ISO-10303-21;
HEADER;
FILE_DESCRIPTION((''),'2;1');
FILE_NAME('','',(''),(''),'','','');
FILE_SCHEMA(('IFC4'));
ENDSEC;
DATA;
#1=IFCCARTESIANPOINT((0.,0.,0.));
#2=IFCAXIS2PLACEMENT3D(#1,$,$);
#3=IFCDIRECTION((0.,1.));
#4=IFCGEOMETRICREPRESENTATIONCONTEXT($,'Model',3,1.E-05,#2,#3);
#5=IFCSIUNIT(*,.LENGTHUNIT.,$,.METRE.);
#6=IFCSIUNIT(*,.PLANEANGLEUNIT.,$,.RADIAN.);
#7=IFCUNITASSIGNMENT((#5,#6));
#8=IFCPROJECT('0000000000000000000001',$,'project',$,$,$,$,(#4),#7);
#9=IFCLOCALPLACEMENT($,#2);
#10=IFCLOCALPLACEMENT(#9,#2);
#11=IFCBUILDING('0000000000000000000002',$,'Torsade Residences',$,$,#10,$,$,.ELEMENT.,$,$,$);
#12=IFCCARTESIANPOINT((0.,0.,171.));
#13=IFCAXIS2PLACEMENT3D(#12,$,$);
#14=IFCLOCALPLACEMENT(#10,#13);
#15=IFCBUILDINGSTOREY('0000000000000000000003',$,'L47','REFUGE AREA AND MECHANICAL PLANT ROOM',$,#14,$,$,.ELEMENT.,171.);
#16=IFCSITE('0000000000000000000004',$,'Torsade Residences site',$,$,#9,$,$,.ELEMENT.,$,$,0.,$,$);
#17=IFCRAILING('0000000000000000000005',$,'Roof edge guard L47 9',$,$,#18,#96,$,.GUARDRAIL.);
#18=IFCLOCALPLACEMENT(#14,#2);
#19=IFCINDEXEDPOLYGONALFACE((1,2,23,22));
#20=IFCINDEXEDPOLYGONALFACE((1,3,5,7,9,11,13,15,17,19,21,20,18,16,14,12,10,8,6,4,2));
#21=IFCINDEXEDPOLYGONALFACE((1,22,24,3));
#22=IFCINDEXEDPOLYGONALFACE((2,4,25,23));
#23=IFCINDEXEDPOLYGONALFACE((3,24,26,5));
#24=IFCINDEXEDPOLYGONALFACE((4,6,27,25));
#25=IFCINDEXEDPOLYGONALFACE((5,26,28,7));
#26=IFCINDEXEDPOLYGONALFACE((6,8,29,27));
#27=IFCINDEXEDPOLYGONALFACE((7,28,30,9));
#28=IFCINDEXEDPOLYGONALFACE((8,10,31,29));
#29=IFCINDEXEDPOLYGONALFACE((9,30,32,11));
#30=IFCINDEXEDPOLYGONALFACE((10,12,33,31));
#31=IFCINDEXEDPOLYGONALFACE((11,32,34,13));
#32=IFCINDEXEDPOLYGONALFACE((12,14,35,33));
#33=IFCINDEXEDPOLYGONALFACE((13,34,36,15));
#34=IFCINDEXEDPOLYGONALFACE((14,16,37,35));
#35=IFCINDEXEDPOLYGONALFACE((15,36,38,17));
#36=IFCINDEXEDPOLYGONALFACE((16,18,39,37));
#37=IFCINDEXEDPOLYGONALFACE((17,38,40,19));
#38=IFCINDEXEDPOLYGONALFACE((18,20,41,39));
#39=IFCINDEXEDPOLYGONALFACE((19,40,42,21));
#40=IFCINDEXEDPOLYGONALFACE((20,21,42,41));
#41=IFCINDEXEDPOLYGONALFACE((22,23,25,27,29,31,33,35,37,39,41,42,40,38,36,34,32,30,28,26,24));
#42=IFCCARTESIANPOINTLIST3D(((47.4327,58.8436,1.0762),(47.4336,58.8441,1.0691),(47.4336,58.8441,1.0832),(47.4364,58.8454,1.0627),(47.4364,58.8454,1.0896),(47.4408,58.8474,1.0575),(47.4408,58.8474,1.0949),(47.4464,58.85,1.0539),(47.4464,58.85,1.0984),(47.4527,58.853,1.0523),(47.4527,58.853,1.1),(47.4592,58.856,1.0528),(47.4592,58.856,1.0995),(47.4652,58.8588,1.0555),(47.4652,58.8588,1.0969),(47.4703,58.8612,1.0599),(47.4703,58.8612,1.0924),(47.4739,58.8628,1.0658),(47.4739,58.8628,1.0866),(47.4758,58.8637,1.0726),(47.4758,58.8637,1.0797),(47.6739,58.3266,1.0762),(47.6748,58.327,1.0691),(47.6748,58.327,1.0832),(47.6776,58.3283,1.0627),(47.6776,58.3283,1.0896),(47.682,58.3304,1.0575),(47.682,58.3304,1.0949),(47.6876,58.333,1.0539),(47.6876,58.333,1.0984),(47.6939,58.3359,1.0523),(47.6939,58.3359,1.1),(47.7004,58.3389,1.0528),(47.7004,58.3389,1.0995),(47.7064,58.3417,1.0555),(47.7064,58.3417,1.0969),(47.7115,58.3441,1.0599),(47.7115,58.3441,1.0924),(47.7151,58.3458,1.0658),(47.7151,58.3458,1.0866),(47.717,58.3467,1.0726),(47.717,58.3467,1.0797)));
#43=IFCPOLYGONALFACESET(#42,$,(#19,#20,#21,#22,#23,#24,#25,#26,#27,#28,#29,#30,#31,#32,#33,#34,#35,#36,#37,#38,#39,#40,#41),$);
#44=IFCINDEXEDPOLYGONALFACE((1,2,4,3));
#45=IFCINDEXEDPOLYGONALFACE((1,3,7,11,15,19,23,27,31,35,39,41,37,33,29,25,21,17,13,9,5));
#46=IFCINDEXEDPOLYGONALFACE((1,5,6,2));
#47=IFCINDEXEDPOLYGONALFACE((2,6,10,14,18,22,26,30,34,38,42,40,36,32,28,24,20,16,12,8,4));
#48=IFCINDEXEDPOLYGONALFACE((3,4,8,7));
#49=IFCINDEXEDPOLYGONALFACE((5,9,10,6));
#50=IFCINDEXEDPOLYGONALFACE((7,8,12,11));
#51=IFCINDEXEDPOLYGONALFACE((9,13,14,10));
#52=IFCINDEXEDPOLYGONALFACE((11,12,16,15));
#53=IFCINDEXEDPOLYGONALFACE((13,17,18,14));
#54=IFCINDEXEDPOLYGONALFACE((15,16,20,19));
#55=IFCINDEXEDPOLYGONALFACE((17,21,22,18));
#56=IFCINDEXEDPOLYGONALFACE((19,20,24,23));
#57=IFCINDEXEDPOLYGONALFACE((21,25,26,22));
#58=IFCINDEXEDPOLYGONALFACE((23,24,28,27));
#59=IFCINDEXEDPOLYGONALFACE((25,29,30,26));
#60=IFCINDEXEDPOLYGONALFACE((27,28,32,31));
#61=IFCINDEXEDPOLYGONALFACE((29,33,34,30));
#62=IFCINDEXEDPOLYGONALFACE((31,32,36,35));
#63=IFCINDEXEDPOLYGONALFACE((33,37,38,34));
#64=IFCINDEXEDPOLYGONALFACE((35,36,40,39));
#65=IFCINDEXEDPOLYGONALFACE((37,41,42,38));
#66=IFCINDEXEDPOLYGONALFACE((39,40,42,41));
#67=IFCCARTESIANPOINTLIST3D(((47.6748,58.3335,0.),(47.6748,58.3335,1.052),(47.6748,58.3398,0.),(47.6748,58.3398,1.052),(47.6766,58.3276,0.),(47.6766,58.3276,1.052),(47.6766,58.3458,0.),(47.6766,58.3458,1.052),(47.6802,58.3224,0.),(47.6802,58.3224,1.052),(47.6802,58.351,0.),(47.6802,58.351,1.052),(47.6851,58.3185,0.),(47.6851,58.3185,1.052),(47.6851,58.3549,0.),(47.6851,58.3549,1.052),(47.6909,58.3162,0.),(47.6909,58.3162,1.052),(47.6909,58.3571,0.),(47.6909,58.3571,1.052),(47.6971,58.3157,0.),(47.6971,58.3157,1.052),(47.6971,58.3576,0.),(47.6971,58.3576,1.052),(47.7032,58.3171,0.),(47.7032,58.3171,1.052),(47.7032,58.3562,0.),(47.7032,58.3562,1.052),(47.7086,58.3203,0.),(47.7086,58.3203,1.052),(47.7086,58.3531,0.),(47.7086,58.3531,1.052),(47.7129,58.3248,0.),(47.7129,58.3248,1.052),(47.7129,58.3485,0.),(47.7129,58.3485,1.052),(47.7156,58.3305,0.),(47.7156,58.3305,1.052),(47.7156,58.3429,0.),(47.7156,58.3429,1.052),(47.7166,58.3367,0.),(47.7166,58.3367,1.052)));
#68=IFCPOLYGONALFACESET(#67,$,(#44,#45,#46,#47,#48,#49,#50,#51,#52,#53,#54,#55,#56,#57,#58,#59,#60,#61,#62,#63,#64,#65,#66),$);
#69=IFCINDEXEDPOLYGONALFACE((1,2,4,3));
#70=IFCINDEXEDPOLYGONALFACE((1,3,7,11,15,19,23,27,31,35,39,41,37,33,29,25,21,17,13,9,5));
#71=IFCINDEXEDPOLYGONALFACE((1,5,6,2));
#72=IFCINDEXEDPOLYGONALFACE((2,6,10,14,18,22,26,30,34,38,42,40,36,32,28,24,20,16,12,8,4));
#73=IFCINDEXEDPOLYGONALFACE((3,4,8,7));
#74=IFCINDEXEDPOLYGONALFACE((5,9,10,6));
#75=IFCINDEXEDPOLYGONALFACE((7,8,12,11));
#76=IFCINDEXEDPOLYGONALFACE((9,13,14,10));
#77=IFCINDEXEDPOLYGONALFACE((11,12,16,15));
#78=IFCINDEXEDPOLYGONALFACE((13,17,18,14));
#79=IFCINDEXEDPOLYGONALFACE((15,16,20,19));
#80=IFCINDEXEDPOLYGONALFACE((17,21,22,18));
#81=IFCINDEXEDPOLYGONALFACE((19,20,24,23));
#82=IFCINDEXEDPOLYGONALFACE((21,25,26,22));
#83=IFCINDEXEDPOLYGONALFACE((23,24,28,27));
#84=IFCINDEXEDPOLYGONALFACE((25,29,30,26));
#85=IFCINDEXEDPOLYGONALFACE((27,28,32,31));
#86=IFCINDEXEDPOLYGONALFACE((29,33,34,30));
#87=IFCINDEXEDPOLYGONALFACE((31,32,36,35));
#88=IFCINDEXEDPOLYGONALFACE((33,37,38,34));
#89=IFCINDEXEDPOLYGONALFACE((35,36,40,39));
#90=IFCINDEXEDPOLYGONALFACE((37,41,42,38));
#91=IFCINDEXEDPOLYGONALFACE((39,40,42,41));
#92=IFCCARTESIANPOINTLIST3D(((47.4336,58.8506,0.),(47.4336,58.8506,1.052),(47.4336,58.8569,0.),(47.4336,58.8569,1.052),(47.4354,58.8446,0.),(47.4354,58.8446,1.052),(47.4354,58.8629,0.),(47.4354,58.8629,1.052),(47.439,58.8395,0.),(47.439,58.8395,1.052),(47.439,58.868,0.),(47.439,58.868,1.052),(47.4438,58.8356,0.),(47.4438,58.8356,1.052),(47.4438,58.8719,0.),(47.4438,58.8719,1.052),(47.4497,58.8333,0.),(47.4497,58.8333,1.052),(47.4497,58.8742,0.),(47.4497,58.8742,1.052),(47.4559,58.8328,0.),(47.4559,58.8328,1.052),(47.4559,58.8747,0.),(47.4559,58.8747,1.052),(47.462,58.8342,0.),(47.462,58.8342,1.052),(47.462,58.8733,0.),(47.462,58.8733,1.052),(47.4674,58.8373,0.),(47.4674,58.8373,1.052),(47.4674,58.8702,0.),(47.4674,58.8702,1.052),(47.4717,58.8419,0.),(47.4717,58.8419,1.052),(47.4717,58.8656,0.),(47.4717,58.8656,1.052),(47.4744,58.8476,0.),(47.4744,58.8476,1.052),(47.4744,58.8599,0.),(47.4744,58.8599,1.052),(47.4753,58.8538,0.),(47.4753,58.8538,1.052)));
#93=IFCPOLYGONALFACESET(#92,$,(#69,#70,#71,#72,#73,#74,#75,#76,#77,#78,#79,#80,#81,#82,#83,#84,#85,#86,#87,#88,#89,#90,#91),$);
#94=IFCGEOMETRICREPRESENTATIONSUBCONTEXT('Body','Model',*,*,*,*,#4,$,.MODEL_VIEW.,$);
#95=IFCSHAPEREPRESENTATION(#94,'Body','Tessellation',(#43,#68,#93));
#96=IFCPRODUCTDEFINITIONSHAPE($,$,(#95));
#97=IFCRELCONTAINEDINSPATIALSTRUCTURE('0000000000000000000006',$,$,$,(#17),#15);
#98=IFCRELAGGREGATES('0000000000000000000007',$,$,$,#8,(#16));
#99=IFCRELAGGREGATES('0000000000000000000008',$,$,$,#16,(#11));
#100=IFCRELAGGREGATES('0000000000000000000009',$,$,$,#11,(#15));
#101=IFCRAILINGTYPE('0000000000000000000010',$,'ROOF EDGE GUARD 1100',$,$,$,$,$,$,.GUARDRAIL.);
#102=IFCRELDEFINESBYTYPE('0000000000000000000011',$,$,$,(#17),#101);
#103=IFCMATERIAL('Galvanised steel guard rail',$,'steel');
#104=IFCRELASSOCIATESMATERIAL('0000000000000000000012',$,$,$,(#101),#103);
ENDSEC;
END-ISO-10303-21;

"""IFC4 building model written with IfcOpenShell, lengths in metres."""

from ifc_helpers import new_model, si_unit, direction, frame, origin, origin_2d, place, context, subcontext, project, spatial, circle, extrude, material, type_object, element, save


model = new_model("IFC4")

# Units and contexts
model_context = context("Model", 3, precision=1e-05, world=origin(), true_north=direction((0.0, 1.0)))
body_context = subcontext(model_context, "Body", "Model", "MODEL_VIEW")
ifc_project = project(units=[si_unit("LENGTHUNIT", "METRE"), si_unit("PLANEANGLEUNIT", "RADIAN")], contexts=[model_context])

# Site, building, storey
site_placement = place(None, origin())
site = spatial("IfcSite", under=ifc_project, at=site_placement, Name="Torsade Residences site", CompositionType="ELEMENT", RefElevation=0.0)
building_placement = place(site_placement, origin())
building = spatial("IfcBuilding", under=site, at=building_placement, Name="Torsade Residences", CompositionType="ELEMENT")
storey_placement = place(building_placement, frame((0.0, 0.0, 171.0)))
storey = spatial("IfcBuildingStorey", under=building, at=storey_placement, Name="L47", Description="REFUGE AREA AND MECHANICAL PLANT ROOM", CompositionType="ELEMENT", Elevation=171.0)

# Railing
ifc_material_1 = material(Name="Galvanised steel guard rail", Category="steel")
railing_type = type_object("IfcRailingType", Name="ROOF EDGE GUARD 1100", PredefinedType="GUARDRAIL", material=ifc_material_1)
railing_1_placement = place(storey_placement, frame((47.6956, 58.3367, 0.0)))
element("IfcRailing", 1, at=railing_1_placement, inside=storey, type_object=railing_type, Name="Roof edge guard L47 9", PredefinedType="GUARDRAIL", context=body_context, shape_type="SweptSolid", body=[
    extrude(circle(Radius=0.0239, at=origin_2d()), frame((0.0, 0.0, 1.0762), z_axis=(-0.422745, 0.906249, 0.0), x_axis=(-0.906249, -0.422745, 0.0)), (0.0, 0.0, 1.0), 0.5706),
    extrude(circle(Radius=0.021, at=origin_2d()), origin(), (0.0, 0.0, 1.0), 1.052),
    extrude(circle(Radius=0.021, at=origin_2d()), frame((-0.2412, 0.5171, 0.0)), (0.0, 0.0, 1.0), 1.052),
])

save(model, "model.ifc")
